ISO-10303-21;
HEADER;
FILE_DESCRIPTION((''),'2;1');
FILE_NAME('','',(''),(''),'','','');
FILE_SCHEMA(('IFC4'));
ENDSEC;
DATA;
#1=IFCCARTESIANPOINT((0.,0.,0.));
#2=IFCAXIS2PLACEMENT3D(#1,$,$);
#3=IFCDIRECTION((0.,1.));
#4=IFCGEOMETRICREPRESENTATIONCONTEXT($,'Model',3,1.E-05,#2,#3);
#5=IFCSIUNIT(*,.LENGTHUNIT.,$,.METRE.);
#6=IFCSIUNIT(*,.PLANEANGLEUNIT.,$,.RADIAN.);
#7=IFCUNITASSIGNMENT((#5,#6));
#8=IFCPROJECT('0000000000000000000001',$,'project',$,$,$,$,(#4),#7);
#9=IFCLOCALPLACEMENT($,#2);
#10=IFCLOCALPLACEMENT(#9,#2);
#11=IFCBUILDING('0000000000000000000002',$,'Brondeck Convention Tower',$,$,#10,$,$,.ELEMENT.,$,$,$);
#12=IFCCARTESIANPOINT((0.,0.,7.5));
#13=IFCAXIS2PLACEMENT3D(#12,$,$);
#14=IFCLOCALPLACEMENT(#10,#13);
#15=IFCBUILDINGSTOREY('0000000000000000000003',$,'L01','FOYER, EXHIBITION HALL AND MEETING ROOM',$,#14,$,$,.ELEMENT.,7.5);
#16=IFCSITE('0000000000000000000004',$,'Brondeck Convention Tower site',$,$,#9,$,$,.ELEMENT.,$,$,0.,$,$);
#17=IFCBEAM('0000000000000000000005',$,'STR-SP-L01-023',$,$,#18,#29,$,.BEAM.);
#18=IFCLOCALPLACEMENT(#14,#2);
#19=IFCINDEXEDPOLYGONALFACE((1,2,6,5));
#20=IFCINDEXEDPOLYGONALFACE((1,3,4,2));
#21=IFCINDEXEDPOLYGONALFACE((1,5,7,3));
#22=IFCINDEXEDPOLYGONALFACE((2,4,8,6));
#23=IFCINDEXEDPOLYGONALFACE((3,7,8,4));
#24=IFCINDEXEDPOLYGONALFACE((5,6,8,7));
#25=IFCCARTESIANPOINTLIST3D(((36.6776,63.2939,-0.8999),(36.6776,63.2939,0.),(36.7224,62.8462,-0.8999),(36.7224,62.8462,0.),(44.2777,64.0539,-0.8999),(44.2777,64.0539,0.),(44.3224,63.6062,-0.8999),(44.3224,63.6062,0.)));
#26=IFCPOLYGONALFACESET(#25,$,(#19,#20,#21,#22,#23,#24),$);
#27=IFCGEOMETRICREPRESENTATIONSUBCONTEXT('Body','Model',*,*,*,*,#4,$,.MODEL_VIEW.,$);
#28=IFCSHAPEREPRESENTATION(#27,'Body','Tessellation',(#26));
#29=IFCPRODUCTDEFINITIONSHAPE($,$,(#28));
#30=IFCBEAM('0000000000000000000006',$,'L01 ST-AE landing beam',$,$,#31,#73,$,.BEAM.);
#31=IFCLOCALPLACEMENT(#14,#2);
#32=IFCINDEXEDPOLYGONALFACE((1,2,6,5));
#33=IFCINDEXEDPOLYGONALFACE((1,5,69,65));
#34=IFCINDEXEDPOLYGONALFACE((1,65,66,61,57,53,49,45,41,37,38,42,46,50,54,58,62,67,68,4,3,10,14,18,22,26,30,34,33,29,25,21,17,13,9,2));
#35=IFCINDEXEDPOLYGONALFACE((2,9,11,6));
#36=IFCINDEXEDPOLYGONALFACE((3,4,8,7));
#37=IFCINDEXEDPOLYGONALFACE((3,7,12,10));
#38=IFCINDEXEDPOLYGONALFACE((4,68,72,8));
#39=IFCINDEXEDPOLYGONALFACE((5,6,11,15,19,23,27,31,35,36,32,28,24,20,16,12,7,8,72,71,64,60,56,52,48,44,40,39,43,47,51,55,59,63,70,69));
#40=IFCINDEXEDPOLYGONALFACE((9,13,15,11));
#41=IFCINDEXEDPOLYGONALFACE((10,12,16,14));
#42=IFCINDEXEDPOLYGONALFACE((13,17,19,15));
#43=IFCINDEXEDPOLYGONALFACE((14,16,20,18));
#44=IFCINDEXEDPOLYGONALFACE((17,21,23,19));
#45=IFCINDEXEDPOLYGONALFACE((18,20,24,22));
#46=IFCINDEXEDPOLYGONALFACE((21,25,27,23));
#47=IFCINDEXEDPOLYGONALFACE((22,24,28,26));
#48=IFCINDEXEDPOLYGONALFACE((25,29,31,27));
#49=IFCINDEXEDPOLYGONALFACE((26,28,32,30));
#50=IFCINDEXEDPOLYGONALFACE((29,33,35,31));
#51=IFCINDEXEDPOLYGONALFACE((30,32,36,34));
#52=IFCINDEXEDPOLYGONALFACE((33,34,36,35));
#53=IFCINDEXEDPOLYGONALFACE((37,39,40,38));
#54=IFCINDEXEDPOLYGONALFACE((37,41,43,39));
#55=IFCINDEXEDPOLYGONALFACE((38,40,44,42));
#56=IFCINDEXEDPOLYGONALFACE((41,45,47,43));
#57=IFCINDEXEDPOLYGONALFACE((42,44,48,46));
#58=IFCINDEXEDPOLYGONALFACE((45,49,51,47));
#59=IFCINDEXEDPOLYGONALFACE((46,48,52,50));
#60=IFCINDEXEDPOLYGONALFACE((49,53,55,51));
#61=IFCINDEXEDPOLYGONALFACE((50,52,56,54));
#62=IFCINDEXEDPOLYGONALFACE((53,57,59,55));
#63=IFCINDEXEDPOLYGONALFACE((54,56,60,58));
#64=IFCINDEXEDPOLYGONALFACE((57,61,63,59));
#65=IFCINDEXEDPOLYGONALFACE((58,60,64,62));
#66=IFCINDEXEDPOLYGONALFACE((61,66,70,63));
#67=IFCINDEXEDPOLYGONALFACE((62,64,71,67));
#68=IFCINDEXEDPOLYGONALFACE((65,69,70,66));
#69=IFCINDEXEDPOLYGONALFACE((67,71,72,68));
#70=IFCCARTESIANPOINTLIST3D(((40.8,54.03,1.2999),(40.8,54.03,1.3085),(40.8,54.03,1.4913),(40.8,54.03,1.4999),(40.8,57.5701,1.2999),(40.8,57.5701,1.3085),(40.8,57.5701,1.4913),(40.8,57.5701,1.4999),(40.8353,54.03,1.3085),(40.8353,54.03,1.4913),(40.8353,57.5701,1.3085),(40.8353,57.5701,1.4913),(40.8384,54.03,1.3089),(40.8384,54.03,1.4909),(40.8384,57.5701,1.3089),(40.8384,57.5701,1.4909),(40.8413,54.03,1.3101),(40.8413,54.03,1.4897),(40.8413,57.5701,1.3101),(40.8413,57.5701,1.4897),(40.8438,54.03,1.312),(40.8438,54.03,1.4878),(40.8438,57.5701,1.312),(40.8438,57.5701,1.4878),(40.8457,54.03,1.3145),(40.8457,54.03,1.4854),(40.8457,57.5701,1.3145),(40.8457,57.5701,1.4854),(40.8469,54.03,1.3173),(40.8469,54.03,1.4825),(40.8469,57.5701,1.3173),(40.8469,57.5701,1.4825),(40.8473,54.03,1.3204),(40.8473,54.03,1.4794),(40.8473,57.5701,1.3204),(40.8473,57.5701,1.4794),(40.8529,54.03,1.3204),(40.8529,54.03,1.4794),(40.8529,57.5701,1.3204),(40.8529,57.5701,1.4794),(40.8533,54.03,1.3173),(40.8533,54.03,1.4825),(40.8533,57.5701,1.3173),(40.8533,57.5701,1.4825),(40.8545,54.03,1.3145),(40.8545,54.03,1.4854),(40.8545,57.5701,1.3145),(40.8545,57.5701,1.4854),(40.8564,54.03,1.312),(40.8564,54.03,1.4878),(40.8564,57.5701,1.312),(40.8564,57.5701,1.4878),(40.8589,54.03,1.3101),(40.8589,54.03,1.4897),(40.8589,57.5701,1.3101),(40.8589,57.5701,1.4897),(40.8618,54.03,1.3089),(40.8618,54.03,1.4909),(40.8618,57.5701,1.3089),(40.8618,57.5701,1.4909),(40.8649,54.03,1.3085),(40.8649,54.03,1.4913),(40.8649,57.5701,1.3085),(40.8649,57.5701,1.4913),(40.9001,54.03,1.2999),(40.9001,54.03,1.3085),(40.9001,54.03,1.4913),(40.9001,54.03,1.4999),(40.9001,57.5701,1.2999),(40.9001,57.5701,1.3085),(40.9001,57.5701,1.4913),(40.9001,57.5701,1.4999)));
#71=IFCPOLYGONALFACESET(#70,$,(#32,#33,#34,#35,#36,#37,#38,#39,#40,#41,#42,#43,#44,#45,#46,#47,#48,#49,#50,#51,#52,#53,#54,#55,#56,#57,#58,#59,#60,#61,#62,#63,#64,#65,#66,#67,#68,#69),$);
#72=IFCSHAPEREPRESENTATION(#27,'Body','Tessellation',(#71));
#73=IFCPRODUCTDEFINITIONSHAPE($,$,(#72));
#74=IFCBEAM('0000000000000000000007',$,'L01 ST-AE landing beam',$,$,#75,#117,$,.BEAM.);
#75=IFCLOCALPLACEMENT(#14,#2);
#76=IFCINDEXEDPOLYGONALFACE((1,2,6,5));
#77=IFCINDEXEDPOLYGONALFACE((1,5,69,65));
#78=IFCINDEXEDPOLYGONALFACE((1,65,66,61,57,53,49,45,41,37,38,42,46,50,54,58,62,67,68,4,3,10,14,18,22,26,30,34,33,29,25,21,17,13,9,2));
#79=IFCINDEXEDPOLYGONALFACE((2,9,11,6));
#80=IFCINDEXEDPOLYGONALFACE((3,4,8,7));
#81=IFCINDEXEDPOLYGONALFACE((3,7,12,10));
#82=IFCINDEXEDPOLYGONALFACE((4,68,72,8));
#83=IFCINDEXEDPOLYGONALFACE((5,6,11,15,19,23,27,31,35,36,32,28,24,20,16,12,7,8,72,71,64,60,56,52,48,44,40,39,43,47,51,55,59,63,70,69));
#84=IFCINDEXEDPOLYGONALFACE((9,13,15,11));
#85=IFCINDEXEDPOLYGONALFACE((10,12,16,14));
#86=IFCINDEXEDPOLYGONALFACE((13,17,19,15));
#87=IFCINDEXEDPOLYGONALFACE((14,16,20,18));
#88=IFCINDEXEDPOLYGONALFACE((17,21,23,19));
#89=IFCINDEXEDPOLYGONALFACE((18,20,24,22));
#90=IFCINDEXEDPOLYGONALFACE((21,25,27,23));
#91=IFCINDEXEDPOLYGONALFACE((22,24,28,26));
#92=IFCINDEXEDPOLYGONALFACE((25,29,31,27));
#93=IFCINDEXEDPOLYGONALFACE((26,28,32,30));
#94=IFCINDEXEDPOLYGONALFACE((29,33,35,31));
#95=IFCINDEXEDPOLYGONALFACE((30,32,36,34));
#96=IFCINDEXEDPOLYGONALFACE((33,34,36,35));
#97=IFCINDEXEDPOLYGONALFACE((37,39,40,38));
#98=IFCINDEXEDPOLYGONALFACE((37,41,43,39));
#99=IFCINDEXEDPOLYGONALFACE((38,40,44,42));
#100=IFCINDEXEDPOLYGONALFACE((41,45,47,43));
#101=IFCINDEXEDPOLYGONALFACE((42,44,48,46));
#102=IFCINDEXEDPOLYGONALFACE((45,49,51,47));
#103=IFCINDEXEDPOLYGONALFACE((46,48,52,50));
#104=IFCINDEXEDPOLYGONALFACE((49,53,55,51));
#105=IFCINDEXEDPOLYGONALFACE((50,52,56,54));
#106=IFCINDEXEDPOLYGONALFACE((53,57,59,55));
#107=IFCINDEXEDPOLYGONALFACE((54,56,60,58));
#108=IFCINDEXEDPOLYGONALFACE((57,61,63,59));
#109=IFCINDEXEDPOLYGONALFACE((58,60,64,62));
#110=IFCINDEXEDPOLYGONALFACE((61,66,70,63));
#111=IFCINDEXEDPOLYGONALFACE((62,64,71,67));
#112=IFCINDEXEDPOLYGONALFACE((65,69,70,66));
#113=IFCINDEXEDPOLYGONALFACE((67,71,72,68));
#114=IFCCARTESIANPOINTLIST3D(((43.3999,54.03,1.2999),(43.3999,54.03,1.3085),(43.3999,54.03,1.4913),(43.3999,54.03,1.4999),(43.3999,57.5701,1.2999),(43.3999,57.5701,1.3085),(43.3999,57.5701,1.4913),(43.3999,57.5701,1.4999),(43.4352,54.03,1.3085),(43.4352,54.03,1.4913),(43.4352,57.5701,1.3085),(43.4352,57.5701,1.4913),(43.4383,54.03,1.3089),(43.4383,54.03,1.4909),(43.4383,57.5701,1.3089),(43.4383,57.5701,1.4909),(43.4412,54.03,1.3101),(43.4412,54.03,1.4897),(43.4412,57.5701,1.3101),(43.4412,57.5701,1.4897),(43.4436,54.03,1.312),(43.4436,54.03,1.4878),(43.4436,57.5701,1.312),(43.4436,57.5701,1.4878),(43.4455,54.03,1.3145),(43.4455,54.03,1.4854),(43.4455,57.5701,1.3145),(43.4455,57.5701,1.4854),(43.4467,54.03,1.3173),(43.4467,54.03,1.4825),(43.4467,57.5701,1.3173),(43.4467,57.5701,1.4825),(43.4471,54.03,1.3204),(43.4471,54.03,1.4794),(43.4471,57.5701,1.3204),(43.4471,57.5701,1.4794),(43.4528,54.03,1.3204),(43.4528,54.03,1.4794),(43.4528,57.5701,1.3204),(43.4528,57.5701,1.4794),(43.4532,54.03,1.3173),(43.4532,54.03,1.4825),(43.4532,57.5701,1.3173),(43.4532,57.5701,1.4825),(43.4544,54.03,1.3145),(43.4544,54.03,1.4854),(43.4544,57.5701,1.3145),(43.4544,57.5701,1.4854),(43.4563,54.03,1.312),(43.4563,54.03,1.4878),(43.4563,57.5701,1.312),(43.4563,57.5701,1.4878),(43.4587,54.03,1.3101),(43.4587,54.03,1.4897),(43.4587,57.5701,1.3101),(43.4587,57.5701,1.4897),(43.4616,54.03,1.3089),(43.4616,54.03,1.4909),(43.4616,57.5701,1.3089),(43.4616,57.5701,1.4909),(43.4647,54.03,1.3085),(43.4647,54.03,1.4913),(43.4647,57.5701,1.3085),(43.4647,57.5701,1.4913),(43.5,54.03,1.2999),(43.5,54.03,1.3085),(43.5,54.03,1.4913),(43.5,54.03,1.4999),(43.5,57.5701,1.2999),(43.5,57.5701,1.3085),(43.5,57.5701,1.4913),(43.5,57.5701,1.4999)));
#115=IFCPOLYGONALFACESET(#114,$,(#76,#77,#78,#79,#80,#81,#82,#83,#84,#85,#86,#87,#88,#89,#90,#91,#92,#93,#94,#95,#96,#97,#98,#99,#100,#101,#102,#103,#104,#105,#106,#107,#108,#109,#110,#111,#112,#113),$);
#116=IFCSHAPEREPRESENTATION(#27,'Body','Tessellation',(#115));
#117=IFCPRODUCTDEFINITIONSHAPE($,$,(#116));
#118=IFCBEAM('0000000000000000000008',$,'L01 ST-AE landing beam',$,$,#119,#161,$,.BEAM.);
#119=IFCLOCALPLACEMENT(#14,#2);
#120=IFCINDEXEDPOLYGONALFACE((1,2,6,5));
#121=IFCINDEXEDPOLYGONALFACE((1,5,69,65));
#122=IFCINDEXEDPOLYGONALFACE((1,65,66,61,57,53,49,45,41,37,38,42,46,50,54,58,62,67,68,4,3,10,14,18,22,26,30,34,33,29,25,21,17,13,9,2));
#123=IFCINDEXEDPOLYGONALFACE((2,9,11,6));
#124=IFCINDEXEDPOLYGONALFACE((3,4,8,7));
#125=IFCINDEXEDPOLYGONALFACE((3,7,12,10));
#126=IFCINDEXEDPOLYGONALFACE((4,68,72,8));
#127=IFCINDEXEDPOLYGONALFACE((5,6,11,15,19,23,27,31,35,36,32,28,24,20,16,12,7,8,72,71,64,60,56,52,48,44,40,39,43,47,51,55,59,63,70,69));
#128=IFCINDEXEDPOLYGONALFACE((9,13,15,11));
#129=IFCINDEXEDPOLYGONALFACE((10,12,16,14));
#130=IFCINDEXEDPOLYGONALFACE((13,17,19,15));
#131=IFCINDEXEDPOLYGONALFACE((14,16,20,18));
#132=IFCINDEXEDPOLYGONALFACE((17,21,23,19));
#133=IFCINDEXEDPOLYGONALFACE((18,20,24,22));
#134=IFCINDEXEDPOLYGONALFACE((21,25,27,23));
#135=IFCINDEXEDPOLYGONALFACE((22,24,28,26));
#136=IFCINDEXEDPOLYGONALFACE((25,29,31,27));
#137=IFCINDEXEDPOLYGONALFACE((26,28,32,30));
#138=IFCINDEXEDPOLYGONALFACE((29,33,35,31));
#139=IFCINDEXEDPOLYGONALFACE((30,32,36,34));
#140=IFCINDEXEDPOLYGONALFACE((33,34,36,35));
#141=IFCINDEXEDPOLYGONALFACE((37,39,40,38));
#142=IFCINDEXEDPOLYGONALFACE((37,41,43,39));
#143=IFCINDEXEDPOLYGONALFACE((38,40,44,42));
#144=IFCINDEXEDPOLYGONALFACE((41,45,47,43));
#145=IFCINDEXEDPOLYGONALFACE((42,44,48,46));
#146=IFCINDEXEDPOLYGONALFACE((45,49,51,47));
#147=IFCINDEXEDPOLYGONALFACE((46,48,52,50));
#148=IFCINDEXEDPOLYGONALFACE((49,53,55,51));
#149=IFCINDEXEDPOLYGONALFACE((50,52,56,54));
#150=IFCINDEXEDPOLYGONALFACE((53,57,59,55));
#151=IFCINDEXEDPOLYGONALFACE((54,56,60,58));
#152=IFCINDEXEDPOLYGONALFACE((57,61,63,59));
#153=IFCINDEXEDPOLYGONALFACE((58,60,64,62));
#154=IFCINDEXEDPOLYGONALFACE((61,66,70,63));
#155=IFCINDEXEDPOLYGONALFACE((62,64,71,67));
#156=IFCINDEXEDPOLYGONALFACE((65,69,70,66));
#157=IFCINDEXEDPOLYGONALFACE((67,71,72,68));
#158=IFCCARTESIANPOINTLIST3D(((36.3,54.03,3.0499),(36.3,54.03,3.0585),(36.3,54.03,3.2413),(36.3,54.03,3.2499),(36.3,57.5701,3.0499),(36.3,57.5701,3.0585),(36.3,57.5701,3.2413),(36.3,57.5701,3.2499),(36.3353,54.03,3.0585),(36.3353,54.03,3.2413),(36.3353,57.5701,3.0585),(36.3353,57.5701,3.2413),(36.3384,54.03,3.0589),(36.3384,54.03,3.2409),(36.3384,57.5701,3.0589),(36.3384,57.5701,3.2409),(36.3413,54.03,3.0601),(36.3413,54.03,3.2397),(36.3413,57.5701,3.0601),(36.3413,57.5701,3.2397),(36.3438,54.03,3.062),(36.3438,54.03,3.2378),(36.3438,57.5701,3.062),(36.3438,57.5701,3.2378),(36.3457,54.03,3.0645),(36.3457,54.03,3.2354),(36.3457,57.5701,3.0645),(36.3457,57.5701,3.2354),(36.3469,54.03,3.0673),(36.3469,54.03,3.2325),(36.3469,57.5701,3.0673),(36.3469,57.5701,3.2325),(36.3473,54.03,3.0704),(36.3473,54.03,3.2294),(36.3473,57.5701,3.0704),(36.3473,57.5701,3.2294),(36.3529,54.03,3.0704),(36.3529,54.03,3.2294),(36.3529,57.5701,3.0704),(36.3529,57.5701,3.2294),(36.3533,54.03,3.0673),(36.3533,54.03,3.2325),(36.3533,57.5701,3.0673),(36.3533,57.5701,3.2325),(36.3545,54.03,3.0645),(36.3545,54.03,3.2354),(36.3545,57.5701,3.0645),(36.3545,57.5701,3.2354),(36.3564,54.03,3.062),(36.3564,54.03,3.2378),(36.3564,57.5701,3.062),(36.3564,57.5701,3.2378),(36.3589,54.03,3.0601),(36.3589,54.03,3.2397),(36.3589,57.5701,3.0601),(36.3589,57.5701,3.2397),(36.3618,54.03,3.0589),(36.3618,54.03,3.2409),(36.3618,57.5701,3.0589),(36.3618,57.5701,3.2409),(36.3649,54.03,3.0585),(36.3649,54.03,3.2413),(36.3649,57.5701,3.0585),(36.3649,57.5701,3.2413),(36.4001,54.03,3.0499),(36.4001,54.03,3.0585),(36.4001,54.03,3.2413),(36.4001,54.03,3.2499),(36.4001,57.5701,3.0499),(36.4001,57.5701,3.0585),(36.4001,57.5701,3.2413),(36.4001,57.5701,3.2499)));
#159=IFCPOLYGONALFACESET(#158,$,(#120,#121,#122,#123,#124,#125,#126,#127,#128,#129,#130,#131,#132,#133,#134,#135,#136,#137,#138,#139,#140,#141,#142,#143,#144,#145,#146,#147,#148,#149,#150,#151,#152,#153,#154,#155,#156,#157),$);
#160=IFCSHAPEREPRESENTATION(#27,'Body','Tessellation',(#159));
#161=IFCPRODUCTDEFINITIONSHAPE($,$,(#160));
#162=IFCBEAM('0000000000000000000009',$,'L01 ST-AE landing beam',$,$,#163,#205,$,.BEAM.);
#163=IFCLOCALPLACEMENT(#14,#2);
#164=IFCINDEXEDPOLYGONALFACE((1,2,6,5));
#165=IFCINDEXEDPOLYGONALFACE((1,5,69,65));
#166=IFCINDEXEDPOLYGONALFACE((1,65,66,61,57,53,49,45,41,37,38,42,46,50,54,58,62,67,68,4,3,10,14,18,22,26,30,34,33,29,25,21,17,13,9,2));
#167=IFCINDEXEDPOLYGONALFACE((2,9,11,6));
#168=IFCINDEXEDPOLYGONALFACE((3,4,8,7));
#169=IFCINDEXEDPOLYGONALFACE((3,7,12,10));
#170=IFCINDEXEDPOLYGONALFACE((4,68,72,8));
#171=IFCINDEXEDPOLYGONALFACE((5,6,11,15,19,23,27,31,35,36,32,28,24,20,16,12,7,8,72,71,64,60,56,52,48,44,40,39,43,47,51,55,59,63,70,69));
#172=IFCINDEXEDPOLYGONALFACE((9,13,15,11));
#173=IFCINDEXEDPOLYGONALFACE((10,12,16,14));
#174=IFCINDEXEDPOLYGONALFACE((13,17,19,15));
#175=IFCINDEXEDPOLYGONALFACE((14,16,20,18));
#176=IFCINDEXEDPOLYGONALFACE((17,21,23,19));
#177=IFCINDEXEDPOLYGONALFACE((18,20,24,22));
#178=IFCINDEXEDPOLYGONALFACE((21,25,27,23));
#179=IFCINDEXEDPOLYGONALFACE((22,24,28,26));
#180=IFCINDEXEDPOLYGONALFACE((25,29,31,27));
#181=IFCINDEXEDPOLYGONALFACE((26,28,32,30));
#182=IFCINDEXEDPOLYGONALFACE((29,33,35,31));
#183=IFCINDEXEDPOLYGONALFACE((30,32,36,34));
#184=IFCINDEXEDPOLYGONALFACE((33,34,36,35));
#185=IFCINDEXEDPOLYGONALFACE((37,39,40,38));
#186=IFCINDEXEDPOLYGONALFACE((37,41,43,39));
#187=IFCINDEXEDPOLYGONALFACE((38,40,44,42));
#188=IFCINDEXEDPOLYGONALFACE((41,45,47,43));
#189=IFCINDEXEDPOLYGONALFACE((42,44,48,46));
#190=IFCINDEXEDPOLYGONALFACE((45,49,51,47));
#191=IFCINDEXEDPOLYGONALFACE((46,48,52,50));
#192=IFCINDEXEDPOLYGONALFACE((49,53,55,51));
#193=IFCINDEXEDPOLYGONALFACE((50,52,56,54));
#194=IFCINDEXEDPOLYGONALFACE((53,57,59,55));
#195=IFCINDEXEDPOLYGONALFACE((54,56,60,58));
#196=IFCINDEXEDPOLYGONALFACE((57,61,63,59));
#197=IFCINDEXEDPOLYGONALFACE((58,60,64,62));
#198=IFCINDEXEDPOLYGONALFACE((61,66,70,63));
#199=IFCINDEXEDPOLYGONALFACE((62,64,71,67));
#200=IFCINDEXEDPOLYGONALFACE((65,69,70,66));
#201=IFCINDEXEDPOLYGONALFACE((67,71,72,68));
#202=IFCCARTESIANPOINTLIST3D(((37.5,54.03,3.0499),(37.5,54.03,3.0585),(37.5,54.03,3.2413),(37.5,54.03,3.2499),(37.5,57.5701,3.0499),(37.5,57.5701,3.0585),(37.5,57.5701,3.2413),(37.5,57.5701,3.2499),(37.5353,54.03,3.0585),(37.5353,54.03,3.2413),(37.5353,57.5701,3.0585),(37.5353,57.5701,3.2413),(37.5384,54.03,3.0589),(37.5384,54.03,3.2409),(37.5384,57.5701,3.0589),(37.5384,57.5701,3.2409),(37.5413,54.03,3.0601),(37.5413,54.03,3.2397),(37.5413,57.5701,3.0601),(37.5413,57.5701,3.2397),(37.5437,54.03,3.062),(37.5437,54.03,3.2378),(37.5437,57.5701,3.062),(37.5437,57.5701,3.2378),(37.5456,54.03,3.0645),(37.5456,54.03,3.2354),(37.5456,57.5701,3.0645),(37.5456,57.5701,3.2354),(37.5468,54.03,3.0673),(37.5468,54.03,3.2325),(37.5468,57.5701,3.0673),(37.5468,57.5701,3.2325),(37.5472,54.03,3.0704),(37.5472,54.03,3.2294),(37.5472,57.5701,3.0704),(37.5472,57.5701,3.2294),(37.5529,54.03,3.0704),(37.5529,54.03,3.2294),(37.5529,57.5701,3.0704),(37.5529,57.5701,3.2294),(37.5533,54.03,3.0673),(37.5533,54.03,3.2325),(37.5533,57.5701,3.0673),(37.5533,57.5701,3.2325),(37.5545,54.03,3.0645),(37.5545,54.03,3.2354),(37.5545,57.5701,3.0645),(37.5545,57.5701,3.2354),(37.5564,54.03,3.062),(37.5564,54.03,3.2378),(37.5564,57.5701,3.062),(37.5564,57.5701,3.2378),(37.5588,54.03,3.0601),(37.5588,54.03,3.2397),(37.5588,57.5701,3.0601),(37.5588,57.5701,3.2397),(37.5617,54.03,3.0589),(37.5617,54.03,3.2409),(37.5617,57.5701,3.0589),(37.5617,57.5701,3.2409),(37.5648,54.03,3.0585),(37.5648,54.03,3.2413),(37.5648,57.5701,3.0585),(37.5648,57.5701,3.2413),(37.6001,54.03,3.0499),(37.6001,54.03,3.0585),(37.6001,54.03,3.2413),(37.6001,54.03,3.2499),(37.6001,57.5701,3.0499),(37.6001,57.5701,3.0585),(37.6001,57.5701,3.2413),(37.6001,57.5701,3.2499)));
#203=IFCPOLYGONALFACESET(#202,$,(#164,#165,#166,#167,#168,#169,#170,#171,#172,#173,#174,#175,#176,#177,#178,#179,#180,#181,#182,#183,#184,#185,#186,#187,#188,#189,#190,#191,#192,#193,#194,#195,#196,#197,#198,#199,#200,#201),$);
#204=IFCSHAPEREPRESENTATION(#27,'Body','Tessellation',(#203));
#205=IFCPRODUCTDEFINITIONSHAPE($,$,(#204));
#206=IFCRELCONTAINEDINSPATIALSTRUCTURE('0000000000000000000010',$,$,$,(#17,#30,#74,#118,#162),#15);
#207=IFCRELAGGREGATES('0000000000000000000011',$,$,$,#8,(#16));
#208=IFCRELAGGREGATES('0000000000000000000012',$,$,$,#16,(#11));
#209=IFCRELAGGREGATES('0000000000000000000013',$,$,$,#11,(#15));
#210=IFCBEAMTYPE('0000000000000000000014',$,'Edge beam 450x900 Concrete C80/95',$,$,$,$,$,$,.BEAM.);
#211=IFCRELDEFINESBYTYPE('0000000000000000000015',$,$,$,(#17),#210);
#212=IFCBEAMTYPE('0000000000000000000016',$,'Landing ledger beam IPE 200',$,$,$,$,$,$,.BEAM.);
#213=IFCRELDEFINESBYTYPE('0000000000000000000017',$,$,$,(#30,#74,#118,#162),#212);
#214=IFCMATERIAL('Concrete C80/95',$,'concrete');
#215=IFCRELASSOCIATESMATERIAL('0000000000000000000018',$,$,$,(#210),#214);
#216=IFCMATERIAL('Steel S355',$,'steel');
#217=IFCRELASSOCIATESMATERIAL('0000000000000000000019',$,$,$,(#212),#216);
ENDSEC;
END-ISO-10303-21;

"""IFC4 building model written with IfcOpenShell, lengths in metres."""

from ifc_helpers import new_model, si_unit, direction, frame, origin, origin_2d, place, context, subcontext, project, spatial, rectangle, i_section, extrude, material, material_profile, profile_set, type_object, element, save


model = new_model("IFC4")

# Units and contexts
model_context = context("Model", 3, precision=1e-05, world=origin(), true_north=direction((0.0, 1.0)))
body_context = subcontext(model_context, "Body", "Model", "MODEL_VIEW")
ifc_project = project(units=[si_unit("LENGTHUNIT", "METRE"), si_unit("PLANEANGLEUNIT", "RADIAN")], contexts=[model_context])

# Site, building, storey
site_placement = place(None, origin())
site = spatial("IfcSite", under=ifc_project, at=site_placement, Name="Brondeck Convention Tower site", CompositionType="ELEMENT", RefElevation=0.0)
building_placement = place(site_placement, origin())
building = spatial("IfcBuilding", under=site, at=building_placement, Name="Brondeck Convention Tower", CompositionType="ELEMENT")
storey_placement = place(building_placement, frame((0.0, 0.0, 7.5)))
storey = spatial("IfcBuildingStorey", under=building, at=storey_placement, Name="L01", Description="FOYER, EXHIBITION HALL AND MEETING ROOM", CompositionType="ELEMENT", Elevation=7.5)

# Beams
ifc_material_1 = material(Name="Concrete C80/95", Category="concrete")
ifc_material_profile_1 = material_profile(ifc_material_1, rectangle(XDim=0.45, YDim=0.8999, at=origin_2d()), Name="Edge beam 450x900 Concrete C80/95")
ifc_profile_set_1 = profile_set([ifc_material_profile_1], Name="Concrete C80/95")
beam_type_1 = type_object("IfcBeamType", Name="Edge beam 450x900 Concrete C80/95", PredefinedType="BEAM", material=ifc_profile_set_1)
beam_placement = place(storey_placement, frame((44.3, 63.8301, -0.45), z_axis=(-0.995037, -0.099504, 0.0), x_axis=(0.099504, -0.995037, 0.0)))
element("IfcBeam", 1, at=beam_placement, inside=storey, type_object=beam_type_1, Name="STR-SP-L01-023", PredefinedType="BEAM", context=body_context, shape_type="SweptSolid", body=[
    extrude(rectangle(XDim=0.45, YDim=0.8999, at=origin_2d()), origin(), (0.0, 0.0, 1.0), 7.6379),
])
ifc_material_2 = material(Name="Steel S355", Category="steel")
ifc_material_profile_2 = material_profile(ifc_material_2, i_section(OverallWidth=0.1001, OverallDepth=0.2, WebThickness=0.0056, FlangeThickness=0.0085, FilletRadius=0.012, at=origin_2d()), Name="IPE200")
ifc_profile_set_2 = profile_set([ifc_material_profile_2], Name="Steel S355")
beam_type_2 = type_object("IfcBeamType", Name="Landing ledger beam IPE 200", PredefinedType="BEAM", material=ifc_profile_set_2)
for number, where, z_axis, x_axis, name in (
    (2, (40.8501, 54.03, 1.3999), (0.0, 1.0, 0.0), (-1.0, 0.0, 0.0), "L01 ST-AE landing beam"),
    (3, (43.45, 54.03, 1.3999), (0.0, 1.0, 0.0), (-1.0, 0.0, 0.0), "L01 ST-AE landing beam"),
    (4, (36.3501, 54.03, 3.1499), (0.0, 1.0, 0.0), (-1.0, 0.0, 0.0), "L01 ST-AE landing beam"),
    (5, (37.55, 54.03, 3.1499), (0.0, 1.0, 0.0), (-1.0, 0.0, 0.0), "L01 ST-AE landing beam"),
):
    element("IfcBeam", number, at=place(storey_placement, frame(where, z_axis=z_axis, x_axis=x_axis)), inside=storey, type_object=beam_type_2, Name=name, PredefinedType="BEAM", context=body_context, shape_type="SweptSolid", body=[
        extrude(i_section(OverallWidth=0.1001, OverallDepth=0.2, WebThickness=0.0056, FlangeThickness=0.0085, FilletRadius=0.012, at=origin_2d()), origin(), (0.0, 0.0, 1.0), 3.54),
    ])

save(model, "model.ifc")
